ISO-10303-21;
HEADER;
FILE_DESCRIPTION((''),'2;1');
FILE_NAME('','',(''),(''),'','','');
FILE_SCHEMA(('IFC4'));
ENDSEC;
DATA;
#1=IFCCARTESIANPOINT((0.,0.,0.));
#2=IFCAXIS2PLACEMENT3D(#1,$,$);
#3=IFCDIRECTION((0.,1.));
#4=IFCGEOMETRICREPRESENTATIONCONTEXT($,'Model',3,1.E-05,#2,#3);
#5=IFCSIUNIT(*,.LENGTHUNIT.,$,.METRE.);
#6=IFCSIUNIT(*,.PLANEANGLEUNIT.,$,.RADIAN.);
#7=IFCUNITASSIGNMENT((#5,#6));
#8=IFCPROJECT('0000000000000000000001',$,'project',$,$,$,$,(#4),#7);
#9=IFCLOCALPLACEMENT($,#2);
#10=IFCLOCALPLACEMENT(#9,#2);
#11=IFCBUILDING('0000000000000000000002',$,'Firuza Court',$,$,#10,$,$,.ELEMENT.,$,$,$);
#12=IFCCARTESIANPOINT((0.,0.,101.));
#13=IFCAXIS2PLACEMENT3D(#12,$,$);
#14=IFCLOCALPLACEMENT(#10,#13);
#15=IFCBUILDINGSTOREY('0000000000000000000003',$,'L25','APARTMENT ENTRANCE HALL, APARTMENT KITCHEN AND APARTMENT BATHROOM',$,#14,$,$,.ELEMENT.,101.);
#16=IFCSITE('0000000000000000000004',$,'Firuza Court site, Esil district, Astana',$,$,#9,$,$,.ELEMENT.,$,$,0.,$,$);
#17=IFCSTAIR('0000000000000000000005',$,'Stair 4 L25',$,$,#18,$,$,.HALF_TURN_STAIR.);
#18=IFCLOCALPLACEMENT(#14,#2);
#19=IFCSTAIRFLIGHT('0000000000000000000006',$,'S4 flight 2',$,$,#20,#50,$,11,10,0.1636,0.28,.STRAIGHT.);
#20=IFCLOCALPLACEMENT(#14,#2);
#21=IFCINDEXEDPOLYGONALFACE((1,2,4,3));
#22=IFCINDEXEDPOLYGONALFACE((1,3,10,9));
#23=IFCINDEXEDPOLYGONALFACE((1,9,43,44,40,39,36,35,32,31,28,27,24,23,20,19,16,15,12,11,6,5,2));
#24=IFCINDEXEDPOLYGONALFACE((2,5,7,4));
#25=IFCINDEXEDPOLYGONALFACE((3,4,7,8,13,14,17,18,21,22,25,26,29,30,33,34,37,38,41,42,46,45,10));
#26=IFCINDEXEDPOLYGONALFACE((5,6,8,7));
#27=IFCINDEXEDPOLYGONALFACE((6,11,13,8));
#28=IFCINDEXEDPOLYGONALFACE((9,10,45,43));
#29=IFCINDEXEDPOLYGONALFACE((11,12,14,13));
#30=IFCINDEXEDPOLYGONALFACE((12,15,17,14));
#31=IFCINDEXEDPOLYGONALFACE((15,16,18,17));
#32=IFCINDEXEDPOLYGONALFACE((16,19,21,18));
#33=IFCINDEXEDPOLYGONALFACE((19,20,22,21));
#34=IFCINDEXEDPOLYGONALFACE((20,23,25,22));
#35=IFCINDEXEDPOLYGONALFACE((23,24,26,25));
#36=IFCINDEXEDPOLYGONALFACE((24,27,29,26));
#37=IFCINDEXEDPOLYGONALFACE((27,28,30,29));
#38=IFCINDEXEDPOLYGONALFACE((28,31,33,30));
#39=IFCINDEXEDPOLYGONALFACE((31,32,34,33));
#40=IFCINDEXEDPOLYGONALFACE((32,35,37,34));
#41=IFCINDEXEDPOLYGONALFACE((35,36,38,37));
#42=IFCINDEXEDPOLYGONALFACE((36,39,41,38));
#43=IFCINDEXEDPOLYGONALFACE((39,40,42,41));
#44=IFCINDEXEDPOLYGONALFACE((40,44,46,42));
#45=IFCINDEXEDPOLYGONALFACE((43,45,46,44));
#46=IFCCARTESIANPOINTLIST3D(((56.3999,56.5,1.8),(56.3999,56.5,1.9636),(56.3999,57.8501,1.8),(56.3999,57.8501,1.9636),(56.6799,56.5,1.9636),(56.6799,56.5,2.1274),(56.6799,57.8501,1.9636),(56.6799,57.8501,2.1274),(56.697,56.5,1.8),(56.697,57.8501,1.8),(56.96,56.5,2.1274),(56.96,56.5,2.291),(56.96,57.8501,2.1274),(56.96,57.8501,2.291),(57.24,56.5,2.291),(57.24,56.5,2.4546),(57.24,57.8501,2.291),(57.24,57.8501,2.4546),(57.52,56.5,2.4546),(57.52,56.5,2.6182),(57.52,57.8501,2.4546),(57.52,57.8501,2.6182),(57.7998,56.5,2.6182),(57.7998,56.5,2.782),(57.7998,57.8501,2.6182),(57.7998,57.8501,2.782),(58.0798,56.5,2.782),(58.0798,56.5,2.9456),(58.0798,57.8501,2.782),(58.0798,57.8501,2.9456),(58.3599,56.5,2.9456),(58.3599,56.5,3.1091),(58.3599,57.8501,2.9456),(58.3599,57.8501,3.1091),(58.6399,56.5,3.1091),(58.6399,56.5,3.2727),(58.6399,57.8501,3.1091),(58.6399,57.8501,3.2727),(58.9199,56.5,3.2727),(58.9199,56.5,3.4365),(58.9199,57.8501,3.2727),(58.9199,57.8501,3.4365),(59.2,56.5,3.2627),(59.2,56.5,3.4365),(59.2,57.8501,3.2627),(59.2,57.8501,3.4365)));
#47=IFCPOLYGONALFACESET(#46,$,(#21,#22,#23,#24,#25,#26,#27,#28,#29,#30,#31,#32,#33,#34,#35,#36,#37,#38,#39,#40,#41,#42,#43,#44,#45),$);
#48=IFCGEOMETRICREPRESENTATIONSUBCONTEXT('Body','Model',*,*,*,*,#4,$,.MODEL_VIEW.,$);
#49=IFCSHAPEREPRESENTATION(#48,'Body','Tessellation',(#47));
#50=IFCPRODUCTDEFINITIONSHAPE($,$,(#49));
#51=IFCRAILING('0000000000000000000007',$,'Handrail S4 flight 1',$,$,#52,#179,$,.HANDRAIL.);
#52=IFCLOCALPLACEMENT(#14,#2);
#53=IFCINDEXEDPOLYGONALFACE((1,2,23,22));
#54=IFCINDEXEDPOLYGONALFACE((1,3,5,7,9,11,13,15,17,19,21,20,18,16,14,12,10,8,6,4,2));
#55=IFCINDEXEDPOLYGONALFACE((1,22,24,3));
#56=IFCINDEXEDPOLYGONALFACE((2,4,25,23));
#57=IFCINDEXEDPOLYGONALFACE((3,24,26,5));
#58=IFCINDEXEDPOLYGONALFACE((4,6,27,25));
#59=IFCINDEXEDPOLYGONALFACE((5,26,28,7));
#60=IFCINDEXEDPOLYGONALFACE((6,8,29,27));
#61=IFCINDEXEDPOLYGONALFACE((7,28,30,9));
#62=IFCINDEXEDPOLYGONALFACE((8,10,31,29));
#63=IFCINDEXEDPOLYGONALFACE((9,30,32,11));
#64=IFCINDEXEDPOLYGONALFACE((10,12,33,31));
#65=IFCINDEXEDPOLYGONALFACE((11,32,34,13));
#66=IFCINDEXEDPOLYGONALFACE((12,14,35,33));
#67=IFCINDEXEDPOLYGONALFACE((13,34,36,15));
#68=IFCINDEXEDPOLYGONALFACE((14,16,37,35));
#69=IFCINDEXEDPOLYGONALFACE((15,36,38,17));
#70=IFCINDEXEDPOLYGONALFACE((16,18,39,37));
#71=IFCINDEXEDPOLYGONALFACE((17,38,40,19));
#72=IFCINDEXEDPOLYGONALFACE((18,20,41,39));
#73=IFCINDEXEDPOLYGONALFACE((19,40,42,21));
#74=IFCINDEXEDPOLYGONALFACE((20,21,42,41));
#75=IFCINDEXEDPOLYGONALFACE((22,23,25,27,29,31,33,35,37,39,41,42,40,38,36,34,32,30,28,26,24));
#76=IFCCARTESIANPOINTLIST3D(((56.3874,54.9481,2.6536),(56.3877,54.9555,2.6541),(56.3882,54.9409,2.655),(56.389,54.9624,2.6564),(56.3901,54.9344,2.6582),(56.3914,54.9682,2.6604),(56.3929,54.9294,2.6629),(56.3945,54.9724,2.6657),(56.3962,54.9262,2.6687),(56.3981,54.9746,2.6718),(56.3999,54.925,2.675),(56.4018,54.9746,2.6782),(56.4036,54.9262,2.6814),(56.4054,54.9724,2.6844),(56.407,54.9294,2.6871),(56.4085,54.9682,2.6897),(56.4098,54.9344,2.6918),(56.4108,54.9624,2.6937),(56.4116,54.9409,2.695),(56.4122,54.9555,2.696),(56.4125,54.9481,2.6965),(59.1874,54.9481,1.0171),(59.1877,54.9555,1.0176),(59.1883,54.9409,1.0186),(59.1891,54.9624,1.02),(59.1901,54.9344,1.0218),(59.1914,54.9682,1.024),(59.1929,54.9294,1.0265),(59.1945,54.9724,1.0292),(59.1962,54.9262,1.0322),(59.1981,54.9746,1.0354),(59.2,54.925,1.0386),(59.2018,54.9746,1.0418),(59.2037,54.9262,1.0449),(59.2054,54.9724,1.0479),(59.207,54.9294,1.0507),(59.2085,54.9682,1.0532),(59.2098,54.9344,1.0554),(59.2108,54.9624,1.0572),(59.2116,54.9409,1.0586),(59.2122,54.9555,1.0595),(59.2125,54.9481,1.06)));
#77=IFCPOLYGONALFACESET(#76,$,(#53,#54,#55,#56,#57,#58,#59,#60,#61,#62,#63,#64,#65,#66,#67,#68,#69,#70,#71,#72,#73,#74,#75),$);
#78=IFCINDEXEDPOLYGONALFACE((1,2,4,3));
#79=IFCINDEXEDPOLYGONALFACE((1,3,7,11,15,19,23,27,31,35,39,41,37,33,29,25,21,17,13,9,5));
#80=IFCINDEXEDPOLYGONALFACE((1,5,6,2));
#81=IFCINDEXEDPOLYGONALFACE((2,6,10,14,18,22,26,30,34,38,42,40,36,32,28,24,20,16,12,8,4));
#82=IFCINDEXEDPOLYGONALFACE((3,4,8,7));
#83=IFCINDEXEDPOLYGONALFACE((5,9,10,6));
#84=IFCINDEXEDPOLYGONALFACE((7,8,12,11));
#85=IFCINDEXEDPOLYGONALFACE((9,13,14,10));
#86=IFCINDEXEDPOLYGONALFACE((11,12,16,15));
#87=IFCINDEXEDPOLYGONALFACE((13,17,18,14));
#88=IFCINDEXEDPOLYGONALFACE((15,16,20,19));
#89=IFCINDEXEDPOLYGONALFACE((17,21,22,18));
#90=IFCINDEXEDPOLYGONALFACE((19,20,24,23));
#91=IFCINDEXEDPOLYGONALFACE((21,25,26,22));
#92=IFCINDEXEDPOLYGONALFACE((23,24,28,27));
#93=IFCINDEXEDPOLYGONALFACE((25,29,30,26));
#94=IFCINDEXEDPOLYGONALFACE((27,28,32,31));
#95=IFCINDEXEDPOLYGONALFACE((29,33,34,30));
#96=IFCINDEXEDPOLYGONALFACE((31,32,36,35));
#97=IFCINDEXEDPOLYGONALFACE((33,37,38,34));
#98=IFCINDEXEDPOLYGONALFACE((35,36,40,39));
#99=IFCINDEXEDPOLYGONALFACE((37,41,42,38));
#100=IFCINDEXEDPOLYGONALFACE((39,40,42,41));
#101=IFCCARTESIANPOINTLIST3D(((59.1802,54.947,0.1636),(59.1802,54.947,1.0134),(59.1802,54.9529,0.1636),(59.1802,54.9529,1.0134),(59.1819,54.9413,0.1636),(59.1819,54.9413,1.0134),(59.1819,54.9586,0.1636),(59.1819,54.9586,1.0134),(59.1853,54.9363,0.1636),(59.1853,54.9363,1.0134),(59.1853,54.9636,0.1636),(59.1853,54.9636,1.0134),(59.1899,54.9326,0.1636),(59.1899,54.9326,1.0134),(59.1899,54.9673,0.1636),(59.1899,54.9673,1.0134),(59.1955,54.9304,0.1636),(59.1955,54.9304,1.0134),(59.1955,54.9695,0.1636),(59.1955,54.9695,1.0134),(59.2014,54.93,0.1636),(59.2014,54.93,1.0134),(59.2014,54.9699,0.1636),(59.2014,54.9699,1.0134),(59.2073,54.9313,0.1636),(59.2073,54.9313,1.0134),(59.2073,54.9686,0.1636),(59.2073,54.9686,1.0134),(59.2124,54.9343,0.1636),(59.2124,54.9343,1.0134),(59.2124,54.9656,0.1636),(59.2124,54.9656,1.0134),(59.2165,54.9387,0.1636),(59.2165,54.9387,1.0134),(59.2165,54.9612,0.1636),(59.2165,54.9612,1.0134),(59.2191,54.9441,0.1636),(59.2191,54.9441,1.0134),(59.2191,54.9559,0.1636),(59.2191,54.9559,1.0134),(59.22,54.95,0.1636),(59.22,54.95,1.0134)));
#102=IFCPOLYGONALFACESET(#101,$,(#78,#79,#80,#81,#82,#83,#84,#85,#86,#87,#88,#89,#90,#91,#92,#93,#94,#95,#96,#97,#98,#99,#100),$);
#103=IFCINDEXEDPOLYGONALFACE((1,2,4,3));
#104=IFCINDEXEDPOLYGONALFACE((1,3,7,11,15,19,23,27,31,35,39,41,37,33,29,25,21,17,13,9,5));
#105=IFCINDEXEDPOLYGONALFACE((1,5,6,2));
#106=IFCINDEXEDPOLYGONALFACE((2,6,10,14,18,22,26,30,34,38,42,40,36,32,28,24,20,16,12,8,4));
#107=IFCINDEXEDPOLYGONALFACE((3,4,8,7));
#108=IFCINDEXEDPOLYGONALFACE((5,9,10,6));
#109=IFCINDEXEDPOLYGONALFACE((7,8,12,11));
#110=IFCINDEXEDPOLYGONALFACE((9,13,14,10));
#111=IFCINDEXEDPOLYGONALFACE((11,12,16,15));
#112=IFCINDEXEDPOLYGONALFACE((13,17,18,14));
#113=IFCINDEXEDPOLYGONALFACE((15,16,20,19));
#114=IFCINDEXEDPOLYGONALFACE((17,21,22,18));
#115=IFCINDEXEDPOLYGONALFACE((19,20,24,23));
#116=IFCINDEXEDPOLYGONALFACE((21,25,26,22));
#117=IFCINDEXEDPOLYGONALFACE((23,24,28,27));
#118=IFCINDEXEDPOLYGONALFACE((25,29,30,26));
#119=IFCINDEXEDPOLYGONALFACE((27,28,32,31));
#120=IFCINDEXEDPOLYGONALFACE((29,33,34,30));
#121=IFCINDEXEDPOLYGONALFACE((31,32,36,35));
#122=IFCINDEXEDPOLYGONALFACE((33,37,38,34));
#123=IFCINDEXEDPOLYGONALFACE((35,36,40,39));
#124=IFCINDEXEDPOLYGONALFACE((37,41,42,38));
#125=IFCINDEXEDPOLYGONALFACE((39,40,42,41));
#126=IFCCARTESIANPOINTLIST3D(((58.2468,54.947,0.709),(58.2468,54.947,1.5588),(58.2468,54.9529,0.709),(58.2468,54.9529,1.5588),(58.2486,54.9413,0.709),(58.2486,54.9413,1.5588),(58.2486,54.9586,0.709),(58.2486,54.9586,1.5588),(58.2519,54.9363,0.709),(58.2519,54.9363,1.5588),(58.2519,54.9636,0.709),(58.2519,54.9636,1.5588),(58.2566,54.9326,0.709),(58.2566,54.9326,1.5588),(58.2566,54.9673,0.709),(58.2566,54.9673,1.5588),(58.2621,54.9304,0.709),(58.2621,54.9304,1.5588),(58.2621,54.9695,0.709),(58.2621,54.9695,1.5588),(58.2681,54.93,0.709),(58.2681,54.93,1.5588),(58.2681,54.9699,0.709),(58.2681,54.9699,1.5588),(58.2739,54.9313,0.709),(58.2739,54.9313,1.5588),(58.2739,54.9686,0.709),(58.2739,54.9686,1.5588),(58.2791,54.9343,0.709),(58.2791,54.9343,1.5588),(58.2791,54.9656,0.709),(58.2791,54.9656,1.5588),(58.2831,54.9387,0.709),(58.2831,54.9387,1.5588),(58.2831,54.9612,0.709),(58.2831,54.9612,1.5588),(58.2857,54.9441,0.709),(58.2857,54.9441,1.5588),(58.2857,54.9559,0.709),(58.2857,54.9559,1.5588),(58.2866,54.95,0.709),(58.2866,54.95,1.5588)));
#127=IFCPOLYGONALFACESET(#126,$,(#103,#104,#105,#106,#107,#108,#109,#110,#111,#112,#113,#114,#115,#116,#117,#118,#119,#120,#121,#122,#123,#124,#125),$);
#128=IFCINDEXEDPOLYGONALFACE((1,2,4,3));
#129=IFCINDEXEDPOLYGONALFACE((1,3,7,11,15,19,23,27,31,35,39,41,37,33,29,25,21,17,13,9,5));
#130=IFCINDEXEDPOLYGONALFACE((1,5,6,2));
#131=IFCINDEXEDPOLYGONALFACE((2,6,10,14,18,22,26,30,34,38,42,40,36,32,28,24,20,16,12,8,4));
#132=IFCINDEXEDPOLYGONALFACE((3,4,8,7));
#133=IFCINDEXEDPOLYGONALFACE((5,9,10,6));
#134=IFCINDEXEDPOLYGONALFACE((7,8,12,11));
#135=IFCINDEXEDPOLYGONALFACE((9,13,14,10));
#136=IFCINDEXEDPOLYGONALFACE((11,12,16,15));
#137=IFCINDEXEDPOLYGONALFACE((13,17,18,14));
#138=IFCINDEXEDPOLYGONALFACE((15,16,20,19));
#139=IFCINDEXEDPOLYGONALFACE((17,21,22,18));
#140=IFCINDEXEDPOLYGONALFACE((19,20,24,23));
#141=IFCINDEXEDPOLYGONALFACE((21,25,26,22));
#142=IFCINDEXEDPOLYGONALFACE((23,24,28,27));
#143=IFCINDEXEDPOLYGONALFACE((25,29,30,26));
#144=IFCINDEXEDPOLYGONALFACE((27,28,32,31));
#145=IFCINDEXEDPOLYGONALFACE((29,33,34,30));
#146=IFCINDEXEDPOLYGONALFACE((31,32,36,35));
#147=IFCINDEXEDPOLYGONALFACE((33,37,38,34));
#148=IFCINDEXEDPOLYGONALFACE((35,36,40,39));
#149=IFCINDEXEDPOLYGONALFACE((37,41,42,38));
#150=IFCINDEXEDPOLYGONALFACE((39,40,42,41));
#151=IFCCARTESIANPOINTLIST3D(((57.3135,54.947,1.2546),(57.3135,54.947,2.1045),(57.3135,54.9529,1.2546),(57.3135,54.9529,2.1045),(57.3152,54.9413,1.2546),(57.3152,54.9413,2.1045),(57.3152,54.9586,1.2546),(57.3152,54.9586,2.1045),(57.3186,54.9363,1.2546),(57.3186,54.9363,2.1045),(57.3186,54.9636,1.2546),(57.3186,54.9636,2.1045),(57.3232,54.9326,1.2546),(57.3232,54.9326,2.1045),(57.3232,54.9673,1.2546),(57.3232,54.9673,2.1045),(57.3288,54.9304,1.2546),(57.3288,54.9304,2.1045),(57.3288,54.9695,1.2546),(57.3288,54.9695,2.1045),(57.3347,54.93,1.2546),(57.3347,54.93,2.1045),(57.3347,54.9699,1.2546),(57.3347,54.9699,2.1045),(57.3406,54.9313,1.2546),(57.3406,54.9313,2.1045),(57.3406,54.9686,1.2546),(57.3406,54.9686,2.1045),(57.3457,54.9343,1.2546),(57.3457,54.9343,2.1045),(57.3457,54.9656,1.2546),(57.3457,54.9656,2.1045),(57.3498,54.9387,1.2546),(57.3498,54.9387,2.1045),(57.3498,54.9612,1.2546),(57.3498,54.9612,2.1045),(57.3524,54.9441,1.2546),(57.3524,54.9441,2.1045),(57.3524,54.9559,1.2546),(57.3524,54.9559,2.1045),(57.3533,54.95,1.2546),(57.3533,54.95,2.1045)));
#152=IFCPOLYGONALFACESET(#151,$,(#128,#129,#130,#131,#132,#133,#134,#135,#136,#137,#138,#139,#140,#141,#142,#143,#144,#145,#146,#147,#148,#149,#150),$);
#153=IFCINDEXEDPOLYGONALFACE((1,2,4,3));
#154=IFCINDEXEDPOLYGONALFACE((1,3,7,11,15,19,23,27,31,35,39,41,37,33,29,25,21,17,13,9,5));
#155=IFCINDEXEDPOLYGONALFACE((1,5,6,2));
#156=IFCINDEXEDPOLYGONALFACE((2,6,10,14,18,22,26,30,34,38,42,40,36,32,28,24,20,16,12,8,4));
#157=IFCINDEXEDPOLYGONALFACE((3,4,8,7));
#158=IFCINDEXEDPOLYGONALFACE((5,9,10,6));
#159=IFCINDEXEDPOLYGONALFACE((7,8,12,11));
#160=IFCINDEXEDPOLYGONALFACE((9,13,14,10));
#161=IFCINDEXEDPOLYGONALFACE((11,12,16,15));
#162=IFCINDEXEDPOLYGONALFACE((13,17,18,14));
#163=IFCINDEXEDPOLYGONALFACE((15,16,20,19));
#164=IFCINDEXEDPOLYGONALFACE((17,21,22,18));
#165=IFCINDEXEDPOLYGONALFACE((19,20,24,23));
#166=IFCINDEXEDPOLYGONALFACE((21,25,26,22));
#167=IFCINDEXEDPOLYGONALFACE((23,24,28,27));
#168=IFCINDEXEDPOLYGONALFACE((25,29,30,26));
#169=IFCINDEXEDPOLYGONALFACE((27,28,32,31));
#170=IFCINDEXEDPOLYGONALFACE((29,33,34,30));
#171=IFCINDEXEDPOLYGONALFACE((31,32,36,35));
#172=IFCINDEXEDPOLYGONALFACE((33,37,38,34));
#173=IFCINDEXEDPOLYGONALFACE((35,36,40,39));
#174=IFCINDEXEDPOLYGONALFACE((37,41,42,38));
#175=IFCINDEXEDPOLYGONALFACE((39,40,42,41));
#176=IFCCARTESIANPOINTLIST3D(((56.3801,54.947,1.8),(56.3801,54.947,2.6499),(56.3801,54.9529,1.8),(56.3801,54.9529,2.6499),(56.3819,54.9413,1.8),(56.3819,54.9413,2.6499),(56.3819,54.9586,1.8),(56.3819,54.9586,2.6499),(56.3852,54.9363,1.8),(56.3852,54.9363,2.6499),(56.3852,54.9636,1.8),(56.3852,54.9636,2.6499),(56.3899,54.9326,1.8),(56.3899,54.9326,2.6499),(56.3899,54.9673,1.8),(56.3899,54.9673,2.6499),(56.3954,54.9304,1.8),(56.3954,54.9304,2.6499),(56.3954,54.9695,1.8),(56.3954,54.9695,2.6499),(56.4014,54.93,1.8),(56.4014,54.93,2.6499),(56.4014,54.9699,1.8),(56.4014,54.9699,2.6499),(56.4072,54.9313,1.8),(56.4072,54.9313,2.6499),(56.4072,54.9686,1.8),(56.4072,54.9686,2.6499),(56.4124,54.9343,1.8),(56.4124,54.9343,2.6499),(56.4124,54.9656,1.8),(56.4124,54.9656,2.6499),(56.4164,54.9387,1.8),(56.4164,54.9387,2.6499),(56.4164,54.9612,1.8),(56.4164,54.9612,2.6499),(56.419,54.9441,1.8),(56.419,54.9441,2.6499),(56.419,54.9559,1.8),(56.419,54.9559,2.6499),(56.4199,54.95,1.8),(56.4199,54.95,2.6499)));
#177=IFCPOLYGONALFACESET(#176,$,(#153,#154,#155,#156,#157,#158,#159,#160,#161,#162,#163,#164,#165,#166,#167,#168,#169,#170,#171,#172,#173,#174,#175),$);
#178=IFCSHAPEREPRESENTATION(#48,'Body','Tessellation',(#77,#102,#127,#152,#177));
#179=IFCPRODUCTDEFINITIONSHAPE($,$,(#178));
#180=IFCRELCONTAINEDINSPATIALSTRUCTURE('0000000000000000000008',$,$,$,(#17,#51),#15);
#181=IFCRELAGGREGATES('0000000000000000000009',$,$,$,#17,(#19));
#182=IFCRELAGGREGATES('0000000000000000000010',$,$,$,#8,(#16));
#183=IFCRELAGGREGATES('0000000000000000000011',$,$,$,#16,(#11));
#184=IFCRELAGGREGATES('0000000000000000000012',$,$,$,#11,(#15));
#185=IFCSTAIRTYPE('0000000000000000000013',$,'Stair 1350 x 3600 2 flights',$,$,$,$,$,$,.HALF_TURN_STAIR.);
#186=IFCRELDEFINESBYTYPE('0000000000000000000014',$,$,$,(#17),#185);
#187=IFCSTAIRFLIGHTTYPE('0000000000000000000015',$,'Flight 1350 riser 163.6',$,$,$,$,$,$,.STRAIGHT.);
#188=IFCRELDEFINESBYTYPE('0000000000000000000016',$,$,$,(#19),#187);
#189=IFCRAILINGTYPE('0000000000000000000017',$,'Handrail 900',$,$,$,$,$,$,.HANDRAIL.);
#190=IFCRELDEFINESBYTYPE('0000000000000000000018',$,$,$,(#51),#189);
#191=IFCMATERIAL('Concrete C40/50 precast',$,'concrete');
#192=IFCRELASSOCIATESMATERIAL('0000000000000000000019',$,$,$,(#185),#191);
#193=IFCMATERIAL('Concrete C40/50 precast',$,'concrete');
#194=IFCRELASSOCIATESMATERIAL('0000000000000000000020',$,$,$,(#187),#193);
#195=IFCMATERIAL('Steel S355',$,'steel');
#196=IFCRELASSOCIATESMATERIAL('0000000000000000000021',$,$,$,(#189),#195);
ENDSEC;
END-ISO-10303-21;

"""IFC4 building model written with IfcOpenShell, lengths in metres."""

from ifc_helpers import new_model, si_unit, direction, frame, origin, origin_2d, place, context, subcontext, project, spatial, polyline, circle, outline, extrude, material, type_object, element, aggregate, save


model = new_model("IFC4")

# Units and contexts
model_context = context("Model", 3, precision=1e-05, world=origin(), true_north=direction((0.0, 1.0)))
body_context = subcontext(model_context, "Body", "Model", "MODEL_VIEW")
ifc_project = project(units=[si_unit("LENGTHUNIT", "METRE"), si_unit("PLANEANGLEUNIT", "RADIAN")], contexts=[model_context])

# Site, building, storey
site_placement = place(None, origin())
site = spatial("IfcSite", under=ifc_project, at=site_placement, Name="Firuza Court site, Esil district, Astana", CompositionType="ELEMENT", RefElevation=0.0)
building_placement = place(site_placement, origin())
building = spatial("IfcBuilding", under=site, at=building_placement, Name="Firuza Court", CompositionType="ELEMENT")
storey_placement = place(building_placement, frame((0.0, 0.0, 101.0)))
storey = spatial("IfcBuildingStorey", under=building, at=storey_placement, Name="L25", Description="APARTMENT ENTRANCE HALL, APARTMENT KITCHEN AND APARTMENT BATHROOM", CompositionType="ELEMENT", Elevation=101.0)

# Stair, stair flight
ifc_material_1 = material(Name="Concrete C40/50 precast", Category="concrete")
stair_type = type_object("IfcStairType", Name="Stair 1350 x 3600 2 flights", PredefinedType="HALF_TURN_STAIR", material=ifc_material_1)
stair_placement = place(storey_placement, origin())
stair = element("IfcStair", 1, at=stair_placement, inside=storey, type_object=stair_type, Name="Stair 4 L25", PredefinedType="HALF_TURN_STAIR")
ifc_material_2 = material(Name="Concrete C40/50 precast", Category="concrete")
stair_flight_type = type_object("IfcStairFlightType", Name="Flight 1350 riser 163.6", PredefinedType="STRAIGHT", material=ifc_material_2)
stair_flight_1_placement = place(storey_placement, frame((56.3999, 57.175, 1.8), z_axis=(0.0, 0.0, 1.0), x_axis=(1.0, 0.0, 0.0)))
stair_flight_1 = element("IfcStairFlight", 2, at=stair_flight_1_placement, type_object=stair_flight_type, Name="S4 flight 2", NumberOfRisers=11, NumberOfTreads=10, PredefinedType="STRAIGHT", RiserHeight=0.1636, TreadLength=0.28, context=body_context, shape_type="SweptSolid", body=[
    extrude(outline(polyline([(0.0, 0.0), (0.0, 0.1636), (0.28, 0.1636), (0.28, 0.3274), (0.5601, 0.3274), (0.5601, 0.491), (0.8401, 0.491), (0.8401, 0.6545), (1.1201, 0.6545), (1.1201, 0.8181), (1.3999, 0.8181), (1.3999, 0.9819), (1.6799, 0.9819), (1.6799, 1.1455), (1.96, 1.1455), (1.96, 1.3091), (2.24, 1.3091), (2.24, 1.4727), (2.52, 1.4727), (2.52, 1.6365), (2.8, 1.6365), (2.8, 1.8), (2.8, 1.4626), (0.2971, 0.0), (0.0, 0.0)])), frame((0.0, 0.675, 0.0), z_axis=(0.0, -1.0, 0.0), x_axis=(1.0, 0.0, 0.0)), (0.0, 0.0, 1.0), 1.3501),
])
aggregate(stair, [stair_flight_1])

# Railing
ifc_material_3 = material(Name="Steel S355", Category="steel")
railing_type_1 = type_object("IfcRailingType", Name="Handrail 900", PredefinedType="HANDRAIL", material=ifc_material_3)
railing_1_placement = place(storey_placement, frame((59.2, 54.95, 0.1636)))
element("IfcRailing", 3, at=railing_1_placement, inside=storey, type_object=railing_type_1, Name="Handrail S4 flight 1", PredefinedType="HANDRAIL", context=body_context, shape_type="SweptSolid", body=[
    extrude(circle(Radius=0.0249, at=origin_2d()), frame((0.0, 0.0, 0.875), z_axis=(-0.863361, 0.0, 0.504587), x_axis=(0.0, -1.0, 0.0)), (0.0, 0.0, 1.0), 3.2432),
    extrude(circle(Radius=0.02, at=origin_2d()), origin(), (0.0, 0.0, 1.0), 0.8499),
    extrude(circle(Radius=0.02, at=origin_2d()), frame((-0.9333, 0.0, 0.5454)), (0.0, 0.0, 1.0), 0.8499),
    extrude(circle(Radius=0.02, at=origin_2d()), frame((-1.8667, 0.0, 1.0911)), (0.0, 0.0, 1.0), 0.8499),
    extrude(circle(Radius=0.02, at=origin_2d()), frame((-2.8, 0.0, 1.6365)), (0.0, 0.0, 1.0), 0.8499),
])

save(model, "model.ifc")
